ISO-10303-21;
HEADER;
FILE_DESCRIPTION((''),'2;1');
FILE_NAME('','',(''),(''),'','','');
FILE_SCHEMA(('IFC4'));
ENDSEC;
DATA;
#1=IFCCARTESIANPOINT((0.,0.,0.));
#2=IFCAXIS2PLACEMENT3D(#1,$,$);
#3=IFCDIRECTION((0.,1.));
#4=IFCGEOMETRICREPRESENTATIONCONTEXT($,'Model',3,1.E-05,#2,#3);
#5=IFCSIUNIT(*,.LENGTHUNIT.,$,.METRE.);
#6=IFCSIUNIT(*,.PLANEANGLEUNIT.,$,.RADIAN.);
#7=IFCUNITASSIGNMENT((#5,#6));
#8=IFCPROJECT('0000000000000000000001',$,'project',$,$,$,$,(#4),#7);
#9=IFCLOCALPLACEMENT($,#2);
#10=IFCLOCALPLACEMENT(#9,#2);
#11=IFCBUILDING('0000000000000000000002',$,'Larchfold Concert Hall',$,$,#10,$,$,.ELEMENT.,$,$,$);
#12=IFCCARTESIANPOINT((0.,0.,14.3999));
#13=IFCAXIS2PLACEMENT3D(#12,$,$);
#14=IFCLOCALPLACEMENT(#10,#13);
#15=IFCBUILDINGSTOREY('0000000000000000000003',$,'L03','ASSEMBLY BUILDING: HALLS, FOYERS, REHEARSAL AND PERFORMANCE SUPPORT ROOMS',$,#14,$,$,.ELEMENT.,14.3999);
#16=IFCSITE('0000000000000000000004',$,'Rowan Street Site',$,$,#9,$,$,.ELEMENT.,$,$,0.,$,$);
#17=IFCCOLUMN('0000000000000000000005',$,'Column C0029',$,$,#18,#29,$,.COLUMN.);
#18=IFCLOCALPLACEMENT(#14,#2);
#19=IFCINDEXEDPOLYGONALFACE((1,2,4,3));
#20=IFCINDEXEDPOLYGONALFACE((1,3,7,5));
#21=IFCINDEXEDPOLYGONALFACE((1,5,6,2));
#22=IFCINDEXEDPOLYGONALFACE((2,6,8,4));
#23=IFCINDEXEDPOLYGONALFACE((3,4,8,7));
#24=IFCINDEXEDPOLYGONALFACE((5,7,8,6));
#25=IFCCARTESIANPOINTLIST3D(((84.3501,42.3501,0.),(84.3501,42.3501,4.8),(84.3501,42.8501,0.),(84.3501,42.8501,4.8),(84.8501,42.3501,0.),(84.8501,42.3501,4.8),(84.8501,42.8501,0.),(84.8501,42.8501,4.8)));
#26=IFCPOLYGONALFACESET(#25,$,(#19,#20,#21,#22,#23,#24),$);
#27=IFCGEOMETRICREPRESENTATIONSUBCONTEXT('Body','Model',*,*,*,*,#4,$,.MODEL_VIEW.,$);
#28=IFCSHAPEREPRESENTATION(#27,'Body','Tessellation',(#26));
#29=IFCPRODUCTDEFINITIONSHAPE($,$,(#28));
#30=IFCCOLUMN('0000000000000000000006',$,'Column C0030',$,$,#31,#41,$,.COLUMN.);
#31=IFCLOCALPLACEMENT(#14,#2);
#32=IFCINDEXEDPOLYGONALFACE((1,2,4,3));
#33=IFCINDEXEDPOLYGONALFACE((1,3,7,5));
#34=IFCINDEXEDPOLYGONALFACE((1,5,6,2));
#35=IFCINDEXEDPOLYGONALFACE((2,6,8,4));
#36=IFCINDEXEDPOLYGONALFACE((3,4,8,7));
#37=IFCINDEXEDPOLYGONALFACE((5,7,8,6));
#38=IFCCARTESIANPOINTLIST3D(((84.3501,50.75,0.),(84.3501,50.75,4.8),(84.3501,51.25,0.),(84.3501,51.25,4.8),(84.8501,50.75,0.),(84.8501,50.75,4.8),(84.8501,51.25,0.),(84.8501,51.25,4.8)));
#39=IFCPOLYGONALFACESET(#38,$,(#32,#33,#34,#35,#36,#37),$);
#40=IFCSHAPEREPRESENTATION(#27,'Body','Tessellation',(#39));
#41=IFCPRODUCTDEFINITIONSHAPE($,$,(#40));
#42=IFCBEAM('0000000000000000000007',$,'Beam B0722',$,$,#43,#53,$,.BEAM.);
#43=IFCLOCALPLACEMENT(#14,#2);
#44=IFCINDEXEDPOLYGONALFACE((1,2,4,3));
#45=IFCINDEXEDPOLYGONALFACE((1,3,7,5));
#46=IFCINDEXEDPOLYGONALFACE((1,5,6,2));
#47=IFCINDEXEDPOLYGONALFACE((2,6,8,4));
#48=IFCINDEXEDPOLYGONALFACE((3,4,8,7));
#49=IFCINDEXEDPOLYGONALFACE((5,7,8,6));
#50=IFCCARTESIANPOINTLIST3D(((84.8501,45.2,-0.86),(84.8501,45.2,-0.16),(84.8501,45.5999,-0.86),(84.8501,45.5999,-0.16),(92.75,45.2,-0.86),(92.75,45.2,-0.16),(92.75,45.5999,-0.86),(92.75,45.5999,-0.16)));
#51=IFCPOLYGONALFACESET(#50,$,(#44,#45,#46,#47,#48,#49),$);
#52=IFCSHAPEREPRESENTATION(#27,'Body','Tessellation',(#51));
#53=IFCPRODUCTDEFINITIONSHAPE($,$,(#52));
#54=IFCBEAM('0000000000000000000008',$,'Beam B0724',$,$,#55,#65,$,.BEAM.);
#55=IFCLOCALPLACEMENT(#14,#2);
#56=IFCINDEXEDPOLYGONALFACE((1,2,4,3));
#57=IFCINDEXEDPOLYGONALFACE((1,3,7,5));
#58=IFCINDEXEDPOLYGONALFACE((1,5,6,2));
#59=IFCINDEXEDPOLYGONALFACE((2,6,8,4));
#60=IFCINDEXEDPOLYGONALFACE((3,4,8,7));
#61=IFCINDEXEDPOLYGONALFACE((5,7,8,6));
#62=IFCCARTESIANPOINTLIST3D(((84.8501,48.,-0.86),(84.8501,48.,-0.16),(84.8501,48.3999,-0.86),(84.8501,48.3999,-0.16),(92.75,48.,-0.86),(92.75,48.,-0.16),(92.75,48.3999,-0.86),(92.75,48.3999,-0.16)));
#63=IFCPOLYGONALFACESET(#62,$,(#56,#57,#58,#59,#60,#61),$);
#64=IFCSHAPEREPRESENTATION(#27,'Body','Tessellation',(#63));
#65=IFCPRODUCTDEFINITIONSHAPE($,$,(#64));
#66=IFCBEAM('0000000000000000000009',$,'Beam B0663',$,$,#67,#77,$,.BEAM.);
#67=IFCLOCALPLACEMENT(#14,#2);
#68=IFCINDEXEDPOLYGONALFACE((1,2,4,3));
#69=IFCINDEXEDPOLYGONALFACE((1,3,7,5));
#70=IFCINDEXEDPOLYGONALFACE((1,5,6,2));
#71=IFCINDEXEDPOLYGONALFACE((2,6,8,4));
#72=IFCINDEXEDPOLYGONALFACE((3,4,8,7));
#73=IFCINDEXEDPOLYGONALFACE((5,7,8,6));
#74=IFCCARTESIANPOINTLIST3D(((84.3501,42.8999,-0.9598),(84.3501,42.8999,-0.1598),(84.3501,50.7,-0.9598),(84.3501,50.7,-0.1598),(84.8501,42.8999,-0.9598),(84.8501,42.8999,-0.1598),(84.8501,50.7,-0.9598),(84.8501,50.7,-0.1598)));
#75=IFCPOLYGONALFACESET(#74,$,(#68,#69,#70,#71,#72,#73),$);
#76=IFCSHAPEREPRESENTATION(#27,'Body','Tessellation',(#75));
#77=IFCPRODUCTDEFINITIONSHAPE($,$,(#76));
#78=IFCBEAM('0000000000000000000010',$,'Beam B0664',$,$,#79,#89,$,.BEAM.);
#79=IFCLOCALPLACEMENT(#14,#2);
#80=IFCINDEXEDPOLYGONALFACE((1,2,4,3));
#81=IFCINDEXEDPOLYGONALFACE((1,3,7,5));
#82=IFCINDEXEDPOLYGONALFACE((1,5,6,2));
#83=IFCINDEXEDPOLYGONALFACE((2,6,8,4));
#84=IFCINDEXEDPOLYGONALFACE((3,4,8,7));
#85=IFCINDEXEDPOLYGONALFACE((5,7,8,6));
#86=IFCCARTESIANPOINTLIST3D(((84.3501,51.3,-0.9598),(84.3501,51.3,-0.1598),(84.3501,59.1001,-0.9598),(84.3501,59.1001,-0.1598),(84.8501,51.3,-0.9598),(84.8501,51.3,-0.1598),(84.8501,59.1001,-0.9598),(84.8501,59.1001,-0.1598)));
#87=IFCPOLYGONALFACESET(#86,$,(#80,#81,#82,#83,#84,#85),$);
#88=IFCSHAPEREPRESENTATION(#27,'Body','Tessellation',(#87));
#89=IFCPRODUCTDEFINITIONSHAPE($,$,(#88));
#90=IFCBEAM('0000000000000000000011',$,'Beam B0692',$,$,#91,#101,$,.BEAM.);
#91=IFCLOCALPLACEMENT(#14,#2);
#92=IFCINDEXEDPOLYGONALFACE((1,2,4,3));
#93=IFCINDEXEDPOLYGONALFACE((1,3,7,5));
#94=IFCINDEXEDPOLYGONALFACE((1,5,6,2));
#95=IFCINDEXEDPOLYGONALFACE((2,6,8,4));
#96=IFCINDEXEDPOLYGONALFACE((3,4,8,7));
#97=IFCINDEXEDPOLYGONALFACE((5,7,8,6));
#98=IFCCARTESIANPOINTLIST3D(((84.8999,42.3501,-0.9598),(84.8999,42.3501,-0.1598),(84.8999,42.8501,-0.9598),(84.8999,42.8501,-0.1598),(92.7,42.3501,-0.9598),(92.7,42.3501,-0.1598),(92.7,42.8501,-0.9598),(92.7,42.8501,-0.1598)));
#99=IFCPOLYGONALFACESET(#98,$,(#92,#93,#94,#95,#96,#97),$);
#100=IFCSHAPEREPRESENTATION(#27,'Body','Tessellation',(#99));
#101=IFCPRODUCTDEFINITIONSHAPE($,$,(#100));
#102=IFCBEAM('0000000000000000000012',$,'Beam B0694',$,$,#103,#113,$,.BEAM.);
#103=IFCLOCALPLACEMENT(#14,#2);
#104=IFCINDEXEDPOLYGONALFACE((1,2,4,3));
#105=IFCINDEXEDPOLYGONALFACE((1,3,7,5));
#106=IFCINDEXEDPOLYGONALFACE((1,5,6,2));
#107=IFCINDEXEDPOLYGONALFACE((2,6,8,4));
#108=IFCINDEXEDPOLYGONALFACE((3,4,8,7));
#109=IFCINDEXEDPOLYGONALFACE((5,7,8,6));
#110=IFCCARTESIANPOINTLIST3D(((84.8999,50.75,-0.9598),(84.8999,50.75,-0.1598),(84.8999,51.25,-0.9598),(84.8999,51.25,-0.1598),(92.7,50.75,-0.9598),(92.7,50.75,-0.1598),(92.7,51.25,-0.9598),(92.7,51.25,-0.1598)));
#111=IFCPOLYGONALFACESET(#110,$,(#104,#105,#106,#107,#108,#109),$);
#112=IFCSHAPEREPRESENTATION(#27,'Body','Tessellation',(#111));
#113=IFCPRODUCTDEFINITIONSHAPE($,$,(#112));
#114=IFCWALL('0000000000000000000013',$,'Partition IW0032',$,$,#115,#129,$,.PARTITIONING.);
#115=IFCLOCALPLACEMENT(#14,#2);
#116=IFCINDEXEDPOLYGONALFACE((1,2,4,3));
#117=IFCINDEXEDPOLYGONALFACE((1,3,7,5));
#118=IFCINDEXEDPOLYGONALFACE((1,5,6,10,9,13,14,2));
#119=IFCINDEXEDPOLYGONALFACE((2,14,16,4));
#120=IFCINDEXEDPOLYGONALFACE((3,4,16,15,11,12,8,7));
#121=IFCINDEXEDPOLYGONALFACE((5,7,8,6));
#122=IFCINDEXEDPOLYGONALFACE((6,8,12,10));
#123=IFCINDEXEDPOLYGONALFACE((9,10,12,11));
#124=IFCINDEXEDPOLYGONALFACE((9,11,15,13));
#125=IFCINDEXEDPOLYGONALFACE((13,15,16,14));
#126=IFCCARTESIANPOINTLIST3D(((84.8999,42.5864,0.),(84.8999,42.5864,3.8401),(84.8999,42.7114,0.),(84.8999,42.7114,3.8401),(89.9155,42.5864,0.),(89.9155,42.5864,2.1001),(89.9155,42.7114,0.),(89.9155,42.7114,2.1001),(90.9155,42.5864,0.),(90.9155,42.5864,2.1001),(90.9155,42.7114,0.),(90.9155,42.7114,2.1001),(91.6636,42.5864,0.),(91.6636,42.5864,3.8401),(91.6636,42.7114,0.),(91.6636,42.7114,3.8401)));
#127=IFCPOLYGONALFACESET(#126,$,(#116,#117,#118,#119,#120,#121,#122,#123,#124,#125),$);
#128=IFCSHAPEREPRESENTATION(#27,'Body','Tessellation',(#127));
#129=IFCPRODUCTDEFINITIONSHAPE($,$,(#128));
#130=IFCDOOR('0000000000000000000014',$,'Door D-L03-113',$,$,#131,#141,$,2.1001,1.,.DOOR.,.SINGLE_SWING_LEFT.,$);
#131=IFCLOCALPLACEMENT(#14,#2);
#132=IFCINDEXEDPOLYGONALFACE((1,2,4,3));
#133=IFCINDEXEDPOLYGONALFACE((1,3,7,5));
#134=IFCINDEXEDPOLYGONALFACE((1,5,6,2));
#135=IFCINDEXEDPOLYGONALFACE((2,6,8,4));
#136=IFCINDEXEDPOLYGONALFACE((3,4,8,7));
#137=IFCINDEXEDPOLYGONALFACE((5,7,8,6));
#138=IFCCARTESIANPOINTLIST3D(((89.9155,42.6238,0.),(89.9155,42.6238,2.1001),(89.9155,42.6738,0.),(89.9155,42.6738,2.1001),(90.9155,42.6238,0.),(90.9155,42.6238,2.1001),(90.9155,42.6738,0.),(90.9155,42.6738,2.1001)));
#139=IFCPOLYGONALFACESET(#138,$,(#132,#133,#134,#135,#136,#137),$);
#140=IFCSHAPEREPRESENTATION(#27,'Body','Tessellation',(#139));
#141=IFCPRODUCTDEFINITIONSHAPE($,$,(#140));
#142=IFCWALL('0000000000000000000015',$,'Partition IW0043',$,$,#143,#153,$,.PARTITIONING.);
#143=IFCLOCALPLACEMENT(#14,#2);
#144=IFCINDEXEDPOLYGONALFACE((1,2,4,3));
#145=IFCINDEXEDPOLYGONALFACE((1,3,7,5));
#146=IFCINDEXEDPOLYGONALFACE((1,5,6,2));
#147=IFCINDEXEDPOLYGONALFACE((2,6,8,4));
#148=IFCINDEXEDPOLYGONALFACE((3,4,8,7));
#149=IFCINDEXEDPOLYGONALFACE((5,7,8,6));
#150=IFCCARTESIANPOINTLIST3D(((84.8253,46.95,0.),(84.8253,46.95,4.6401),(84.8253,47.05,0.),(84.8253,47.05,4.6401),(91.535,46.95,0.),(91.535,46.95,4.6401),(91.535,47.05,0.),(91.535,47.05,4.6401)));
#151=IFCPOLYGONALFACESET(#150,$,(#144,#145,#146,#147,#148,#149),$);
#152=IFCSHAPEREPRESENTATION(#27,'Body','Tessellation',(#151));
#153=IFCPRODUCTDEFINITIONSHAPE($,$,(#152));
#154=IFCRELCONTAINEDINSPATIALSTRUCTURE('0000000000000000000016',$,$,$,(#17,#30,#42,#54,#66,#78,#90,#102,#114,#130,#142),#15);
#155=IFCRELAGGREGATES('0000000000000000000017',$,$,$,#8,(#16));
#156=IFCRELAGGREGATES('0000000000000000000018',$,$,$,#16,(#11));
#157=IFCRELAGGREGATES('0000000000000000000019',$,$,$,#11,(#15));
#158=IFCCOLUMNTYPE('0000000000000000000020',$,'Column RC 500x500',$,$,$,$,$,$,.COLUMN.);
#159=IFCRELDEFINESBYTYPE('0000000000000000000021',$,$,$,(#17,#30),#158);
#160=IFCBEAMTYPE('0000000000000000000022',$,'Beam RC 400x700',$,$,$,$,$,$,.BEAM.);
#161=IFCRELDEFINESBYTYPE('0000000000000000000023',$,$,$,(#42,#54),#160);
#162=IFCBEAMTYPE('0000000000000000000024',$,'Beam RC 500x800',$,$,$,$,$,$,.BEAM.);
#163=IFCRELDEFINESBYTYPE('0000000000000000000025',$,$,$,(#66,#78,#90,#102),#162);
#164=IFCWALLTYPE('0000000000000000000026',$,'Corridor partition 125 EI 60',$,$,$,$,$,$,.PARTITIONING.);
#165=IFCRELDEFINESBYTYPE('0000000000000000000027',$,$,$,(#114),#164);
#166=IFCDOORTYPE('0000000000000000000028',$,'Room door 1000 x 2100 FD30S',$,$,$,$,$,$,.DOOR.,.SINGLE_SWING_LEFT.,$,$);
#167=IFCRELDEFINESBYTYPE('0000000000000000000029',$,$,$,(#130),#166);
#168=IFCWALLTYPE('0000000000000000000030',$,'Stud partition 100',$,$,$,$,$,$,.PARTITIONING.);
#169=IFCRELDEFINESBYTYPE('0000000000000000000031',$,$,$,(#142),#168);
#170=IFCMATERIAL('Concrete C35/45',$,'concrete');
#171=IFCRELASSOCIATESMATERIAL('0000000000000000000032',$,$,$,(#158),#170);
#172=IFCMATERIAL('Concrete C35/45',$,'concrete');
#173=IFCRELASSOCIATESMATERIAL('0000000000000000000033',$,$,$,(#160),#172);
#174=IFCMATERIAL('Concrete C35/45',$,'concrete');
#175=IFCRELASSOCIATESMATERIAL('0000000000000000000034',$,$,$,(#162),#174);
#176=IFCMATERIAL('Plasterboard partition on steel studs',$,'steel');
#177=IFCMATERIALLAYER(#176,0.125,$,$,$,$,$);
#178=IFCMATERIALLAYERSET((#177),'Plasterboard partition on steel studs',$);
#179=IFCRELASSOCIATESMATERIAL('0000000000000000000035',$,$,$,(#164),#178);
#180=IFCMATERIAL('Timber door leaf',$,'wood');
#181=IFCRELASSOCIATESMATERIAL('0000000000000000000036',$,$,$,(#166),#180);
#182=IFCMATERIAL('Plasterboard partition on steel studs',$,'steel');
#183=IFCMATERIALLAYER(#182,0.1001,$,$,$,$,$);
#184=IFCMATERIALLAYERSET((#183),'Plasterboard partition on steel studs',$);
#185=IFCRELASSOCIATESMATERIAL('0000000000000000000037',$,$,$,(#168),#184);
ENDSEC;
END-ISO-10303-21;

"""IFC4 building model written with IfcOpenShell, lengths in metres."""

from ifc_helpers import new_model, si_unit, direction, frame, frame_2d, origin, origin_2d, place, context, subcontext, project, spatial, rectangle, extrude, material, layer, layer_set, material_profile, profile_set, type_object, element, fill, save


model = new_model("IFC4")

# Units and contexts
model_context = context("Model", 3, precision=1e-05, world=origin(), true_north=direction((0.0, 1.0)))
body_context = subcontext(model_context, "Body", "Model", "MODEL_VIEW")
ifc_project = project(units=[si_unit("LENGTHUNIT", "METRE"), si_unit("PLANEANGLEUNIT", "RADIAN")], contexts=[model_context])

# Site, building, storey
site_placement = place(None, origin())
site = spatial("IfcSite", under=ifc_project, at=site_placement, Name="Rowan Street Site", CompositionType="ELEMENT", RefElevation=0.0)
building_placement = place(site_placement, origin())
building = spatial("IfcBuilding", under=site, at=building_placement, Name="Larchfold Concert Hall", CompositionType="ELEMENT")
storey_placement = place(building_placement, frame((0.0, 0.0, 14.3999)))
storey = spatial("IfcBuildingStorey", under=building, at=storey_placement, Name="L03", Description="ASSEMBLY BUILDING: HALLS, FOYERS, REHEARSAL AND PERFORMANCE SUPPORT ROOMS", CompositionType="ELEMENT", Elevation=14.3999)

# Columns
ifc_material_1 = material(Name="Concrete C35/45", Category="concrete")
ifc_material_profile_1 = material_profile(ifc_material_1, rectangle(XDim=0.5, YDim=0.5, at=origin_2d()))
ifc_profile_set_1 = profile_set([ifc_material_profile_1], Name="Concrete C35/45")
column_type = type_object("IfcColumnType", Name="Column RC 500x500", PredefinedType="COLUMN", material=ifc_profile_set_1)
for number, where, z_axis, x_axis, name in (
    (1, (84.6001, 42.6001, 0.0), (0.0, 0.0, 1.0), (1.0, 0.0, 0.0), "Column C0029"),
    (2, (84.6001, 51.0, 0.0), (0.0, 0.0, 1.0), (1.0, 0.0, 0.0), "Column C0030"),
):
    element("IfcColumn", number, at=place(storey_placement, frame(where, z_axis=z_axis, x_axis=x_axis)), inside=storey, type_object=column_type, Name=name, PredefinedType="COLUMN", context=body_context, shape_type="SweptSolid", body=[
        extrude(rectangle(XDim=0.5, YDim=0.5, at=origin_2d()), origin(), (0.0, 0.0, 1.0), 4.8),
    ])

# Beams
ifc_material_2 = material(Name="Concrete C35/45", Category="concrete")
ifc_material_profile_2 = material_profile(ifc_material_2, rectangle(XDim=0.3999, YDim=0.7, at=origin_2d()))
ifc_profile_set_2 = profile_set([ifc_material_profile_2], Name="Concrete C35/45")
beam_type_1 = type_object("IfcBeamType", Name="Beam RC 400x700", PredefinedType="BEAM", material=ifc_profile_set_2)
for number, where, z_axis, x_axis, name in (
    (3, (84.8501, 45.3999, -0.51), (1.0, 0.0, 0.0), (0.0, 1.0, 0.0), "Beam B0722"),
    (4, (84.8501, 48.2, -0.51), (1.0, 0.0, 0.0), (0.0, 1.0, 0.0), "Beam B0724"),
):
    element("IfcBeam", number, at=place(storey_placement, frame(where, z_axis=z_axis, x_axis=x_axis)), inside=storey, type_object=beam_type_1, Name=name, PredefinedType="BEAM", context=body_context, shape_type="SweptSolid", body=[
        extrude(rectangle(XDim=0.3999, YDim=0.7, at=origin_2d()), origin(), (0.0, 0.0, 1.0), 7.8999),
    ])
ifc_material_3 = material(Name="Concrete C35/45", Category="concrete")
ifc_material_profile_3 = material_profile(ifc_material_3, rectangle(XDim=0.5, YDim=0.8, at=origin_2d()))
ifc_profile_set_3 = profile_set([ifc_material_profile_3], Name="Concrete C35/45")
beam_type_2 = type_object("IfcBeamType", Name="Beam RC 500x800", PredefinedType="BEAM", material=ifc_profile_set_3)
for number, where, z_axis, x_axis, name in (
    (5, (84.6001, 42.8999, -0.5598), (0.0, 1.0, 0.0), (-1.0, 0.0, 0.0), "Beam B0663"),
    (6, (84.6001, 51.3, -0.5598), (0.0, 1.0, 0.0), (-1.0, 0.0, 0.0), "Beam B0664"),
    (7, (84.8999, 42.6001, -0.5598), (1.0, 0.0, 0.0), (0.0, 1.0, 0.0), "Beam B0692"),
    (8, (84.8999, 51.0, -0.5598), (1.0, 0.0, 0.0), (0.0, 1.0, 0.0), "Beam B0694"),
):
    element("IfcBeam", number, at=place(storey_placement, frame(where, z_axis=z_axis, x_axis=x_axis)), inside=storey, type_object=beam_type_2, Name=name, PredefinedType="BEAM", context=body_context, shape_type="SweptSolid", body=[
        extrude(rectangle(XDim=0.5, YDim=0.8, at=origin_2d()), origin(), (0.0, 0.0, 1.0), 7.8),
    ])

# Wall, opening, door
ifc_material_4 = material(Name="Plasterboard partition on steel studs", Category="steel")
ifc_layer_1 = layer(ifc_material_4, 0.125)
ifc_layer_set_1 = layer_set([ifc_layer_1], Name="Plasterboard partition on steel studs")
wall_type_1 = type_object("IfcWallType", Name="Corridor partition 125 EI 60", PredefinedType="PARTITIONING", material=ifc_layer_set_1)
wall_1_placement = place(storey_placement, frame((84.8999, 42.6489, 0.0), z_axis=(0.0, 0.0, 1.0), x_axis=(1.0, 0.0, 0.0)))
wall_1 = element("IfcWall", 9, at=wall_1_placement, inside=storey, type_object=wall_type_1, Name="Partition IW0032", PredefinedType="PARTITIONING", context=body_context, shape_type="SweptSolid", body=[
    extrude(rectangle(XDim=6.7637, YDim=0.125, at=frame_2d((3.3818, 0.0))), origin(), (0.0, 0.0, 1.0), 3.8401),
])
opening_1_placement = place(wall_1_placement, frame((5.0156, 0.0, 0.0)))
opening_1 = element("IfcOpeningElement", 10, at=opening_1_placement, cuts=wall_1, PredefinedType="OPENING", context=body_context, shape_type="SweptSolid", body=[
    extrude(rectangle(XDim=1.0, YDim=2.1001, at=frame_2d((0.5, 1.05))), frame((0.0, 0.0725, 0.0), z_axis=(0.0, -1.0, 0.0), x_axis=(1.0, 0.0, 0.0)), (0.0, 0.0, 1.0), 0.145),
])
ifc_material_5 = material(Name="Timber door leaf", Category="wood")
door_type = type_object("IfcDoorType", Name="Room door 1000 x 2100 FD30S", OperationType="SINGLE_SWING_LEFT", PredefinedType="DOOR", material=ifc_material_5)
door_placement = place(opening_1_placement, origin())
door = element("IfcDoor", 11, at=door_placement, inside=storey, type_object=door_type, Name="Door D-L03-113", OperationType="SINGLE_SWING_LEFT", OverallHeight=2.1001, OverallWidth=1.0, PredefinedType="DOOR", context=body_context, shape_type="SweptSolid", body=[
    extrude(rectangle(XDim=1.0, YDim=2.1001, at=frame_2d((0.5, 1.05))), frame((0.0, 0.0249, 0.0), z_axis=(0.0, -1.0, 0.0), x_axis=(1.0, 0.0, 0.0)), (0.0, 0.0, 1.0), 0.05),
])
fill(opening_1, door)

# Wall
ifc_material_6 = material(Name="Plasterboard partition on steel studs", Category="steel")
ifc_layer_2 = layer(ifc_material_6, 0.1001)
ifc_layer_set_2 = layer_set([ifc_layer_2], Name="Plasterboard partition on steel studs")
wall_type_2 = type_object("IfcWallType", Name="Stud partition 100", PredefinedType="PARTITIONING", material=ifc_layer_set_2)
wall_2_placement = place(storey_placement, frame((84.8252, 47.0, 0.0), z_axis=(0.0, 0.0, 1.0), x_axis=(1.0, 0.0, 0.0)))
element("IfcWall", 12, at=wall_2_placement, inside=storey, type_object=wall_type_2, Name="Partition IW0043", PredefinedType="PARTITIONING", context=body_context, shape_type="SweptSolid", body=[
    extrude(rectangle(XDim=6.7097, YDim=0.1001, at=frame_2d((3.355, 0.0))), origin(), (0.0, 0.0, 1.0), 4.6401),
])

save(model, "model.ifc")
